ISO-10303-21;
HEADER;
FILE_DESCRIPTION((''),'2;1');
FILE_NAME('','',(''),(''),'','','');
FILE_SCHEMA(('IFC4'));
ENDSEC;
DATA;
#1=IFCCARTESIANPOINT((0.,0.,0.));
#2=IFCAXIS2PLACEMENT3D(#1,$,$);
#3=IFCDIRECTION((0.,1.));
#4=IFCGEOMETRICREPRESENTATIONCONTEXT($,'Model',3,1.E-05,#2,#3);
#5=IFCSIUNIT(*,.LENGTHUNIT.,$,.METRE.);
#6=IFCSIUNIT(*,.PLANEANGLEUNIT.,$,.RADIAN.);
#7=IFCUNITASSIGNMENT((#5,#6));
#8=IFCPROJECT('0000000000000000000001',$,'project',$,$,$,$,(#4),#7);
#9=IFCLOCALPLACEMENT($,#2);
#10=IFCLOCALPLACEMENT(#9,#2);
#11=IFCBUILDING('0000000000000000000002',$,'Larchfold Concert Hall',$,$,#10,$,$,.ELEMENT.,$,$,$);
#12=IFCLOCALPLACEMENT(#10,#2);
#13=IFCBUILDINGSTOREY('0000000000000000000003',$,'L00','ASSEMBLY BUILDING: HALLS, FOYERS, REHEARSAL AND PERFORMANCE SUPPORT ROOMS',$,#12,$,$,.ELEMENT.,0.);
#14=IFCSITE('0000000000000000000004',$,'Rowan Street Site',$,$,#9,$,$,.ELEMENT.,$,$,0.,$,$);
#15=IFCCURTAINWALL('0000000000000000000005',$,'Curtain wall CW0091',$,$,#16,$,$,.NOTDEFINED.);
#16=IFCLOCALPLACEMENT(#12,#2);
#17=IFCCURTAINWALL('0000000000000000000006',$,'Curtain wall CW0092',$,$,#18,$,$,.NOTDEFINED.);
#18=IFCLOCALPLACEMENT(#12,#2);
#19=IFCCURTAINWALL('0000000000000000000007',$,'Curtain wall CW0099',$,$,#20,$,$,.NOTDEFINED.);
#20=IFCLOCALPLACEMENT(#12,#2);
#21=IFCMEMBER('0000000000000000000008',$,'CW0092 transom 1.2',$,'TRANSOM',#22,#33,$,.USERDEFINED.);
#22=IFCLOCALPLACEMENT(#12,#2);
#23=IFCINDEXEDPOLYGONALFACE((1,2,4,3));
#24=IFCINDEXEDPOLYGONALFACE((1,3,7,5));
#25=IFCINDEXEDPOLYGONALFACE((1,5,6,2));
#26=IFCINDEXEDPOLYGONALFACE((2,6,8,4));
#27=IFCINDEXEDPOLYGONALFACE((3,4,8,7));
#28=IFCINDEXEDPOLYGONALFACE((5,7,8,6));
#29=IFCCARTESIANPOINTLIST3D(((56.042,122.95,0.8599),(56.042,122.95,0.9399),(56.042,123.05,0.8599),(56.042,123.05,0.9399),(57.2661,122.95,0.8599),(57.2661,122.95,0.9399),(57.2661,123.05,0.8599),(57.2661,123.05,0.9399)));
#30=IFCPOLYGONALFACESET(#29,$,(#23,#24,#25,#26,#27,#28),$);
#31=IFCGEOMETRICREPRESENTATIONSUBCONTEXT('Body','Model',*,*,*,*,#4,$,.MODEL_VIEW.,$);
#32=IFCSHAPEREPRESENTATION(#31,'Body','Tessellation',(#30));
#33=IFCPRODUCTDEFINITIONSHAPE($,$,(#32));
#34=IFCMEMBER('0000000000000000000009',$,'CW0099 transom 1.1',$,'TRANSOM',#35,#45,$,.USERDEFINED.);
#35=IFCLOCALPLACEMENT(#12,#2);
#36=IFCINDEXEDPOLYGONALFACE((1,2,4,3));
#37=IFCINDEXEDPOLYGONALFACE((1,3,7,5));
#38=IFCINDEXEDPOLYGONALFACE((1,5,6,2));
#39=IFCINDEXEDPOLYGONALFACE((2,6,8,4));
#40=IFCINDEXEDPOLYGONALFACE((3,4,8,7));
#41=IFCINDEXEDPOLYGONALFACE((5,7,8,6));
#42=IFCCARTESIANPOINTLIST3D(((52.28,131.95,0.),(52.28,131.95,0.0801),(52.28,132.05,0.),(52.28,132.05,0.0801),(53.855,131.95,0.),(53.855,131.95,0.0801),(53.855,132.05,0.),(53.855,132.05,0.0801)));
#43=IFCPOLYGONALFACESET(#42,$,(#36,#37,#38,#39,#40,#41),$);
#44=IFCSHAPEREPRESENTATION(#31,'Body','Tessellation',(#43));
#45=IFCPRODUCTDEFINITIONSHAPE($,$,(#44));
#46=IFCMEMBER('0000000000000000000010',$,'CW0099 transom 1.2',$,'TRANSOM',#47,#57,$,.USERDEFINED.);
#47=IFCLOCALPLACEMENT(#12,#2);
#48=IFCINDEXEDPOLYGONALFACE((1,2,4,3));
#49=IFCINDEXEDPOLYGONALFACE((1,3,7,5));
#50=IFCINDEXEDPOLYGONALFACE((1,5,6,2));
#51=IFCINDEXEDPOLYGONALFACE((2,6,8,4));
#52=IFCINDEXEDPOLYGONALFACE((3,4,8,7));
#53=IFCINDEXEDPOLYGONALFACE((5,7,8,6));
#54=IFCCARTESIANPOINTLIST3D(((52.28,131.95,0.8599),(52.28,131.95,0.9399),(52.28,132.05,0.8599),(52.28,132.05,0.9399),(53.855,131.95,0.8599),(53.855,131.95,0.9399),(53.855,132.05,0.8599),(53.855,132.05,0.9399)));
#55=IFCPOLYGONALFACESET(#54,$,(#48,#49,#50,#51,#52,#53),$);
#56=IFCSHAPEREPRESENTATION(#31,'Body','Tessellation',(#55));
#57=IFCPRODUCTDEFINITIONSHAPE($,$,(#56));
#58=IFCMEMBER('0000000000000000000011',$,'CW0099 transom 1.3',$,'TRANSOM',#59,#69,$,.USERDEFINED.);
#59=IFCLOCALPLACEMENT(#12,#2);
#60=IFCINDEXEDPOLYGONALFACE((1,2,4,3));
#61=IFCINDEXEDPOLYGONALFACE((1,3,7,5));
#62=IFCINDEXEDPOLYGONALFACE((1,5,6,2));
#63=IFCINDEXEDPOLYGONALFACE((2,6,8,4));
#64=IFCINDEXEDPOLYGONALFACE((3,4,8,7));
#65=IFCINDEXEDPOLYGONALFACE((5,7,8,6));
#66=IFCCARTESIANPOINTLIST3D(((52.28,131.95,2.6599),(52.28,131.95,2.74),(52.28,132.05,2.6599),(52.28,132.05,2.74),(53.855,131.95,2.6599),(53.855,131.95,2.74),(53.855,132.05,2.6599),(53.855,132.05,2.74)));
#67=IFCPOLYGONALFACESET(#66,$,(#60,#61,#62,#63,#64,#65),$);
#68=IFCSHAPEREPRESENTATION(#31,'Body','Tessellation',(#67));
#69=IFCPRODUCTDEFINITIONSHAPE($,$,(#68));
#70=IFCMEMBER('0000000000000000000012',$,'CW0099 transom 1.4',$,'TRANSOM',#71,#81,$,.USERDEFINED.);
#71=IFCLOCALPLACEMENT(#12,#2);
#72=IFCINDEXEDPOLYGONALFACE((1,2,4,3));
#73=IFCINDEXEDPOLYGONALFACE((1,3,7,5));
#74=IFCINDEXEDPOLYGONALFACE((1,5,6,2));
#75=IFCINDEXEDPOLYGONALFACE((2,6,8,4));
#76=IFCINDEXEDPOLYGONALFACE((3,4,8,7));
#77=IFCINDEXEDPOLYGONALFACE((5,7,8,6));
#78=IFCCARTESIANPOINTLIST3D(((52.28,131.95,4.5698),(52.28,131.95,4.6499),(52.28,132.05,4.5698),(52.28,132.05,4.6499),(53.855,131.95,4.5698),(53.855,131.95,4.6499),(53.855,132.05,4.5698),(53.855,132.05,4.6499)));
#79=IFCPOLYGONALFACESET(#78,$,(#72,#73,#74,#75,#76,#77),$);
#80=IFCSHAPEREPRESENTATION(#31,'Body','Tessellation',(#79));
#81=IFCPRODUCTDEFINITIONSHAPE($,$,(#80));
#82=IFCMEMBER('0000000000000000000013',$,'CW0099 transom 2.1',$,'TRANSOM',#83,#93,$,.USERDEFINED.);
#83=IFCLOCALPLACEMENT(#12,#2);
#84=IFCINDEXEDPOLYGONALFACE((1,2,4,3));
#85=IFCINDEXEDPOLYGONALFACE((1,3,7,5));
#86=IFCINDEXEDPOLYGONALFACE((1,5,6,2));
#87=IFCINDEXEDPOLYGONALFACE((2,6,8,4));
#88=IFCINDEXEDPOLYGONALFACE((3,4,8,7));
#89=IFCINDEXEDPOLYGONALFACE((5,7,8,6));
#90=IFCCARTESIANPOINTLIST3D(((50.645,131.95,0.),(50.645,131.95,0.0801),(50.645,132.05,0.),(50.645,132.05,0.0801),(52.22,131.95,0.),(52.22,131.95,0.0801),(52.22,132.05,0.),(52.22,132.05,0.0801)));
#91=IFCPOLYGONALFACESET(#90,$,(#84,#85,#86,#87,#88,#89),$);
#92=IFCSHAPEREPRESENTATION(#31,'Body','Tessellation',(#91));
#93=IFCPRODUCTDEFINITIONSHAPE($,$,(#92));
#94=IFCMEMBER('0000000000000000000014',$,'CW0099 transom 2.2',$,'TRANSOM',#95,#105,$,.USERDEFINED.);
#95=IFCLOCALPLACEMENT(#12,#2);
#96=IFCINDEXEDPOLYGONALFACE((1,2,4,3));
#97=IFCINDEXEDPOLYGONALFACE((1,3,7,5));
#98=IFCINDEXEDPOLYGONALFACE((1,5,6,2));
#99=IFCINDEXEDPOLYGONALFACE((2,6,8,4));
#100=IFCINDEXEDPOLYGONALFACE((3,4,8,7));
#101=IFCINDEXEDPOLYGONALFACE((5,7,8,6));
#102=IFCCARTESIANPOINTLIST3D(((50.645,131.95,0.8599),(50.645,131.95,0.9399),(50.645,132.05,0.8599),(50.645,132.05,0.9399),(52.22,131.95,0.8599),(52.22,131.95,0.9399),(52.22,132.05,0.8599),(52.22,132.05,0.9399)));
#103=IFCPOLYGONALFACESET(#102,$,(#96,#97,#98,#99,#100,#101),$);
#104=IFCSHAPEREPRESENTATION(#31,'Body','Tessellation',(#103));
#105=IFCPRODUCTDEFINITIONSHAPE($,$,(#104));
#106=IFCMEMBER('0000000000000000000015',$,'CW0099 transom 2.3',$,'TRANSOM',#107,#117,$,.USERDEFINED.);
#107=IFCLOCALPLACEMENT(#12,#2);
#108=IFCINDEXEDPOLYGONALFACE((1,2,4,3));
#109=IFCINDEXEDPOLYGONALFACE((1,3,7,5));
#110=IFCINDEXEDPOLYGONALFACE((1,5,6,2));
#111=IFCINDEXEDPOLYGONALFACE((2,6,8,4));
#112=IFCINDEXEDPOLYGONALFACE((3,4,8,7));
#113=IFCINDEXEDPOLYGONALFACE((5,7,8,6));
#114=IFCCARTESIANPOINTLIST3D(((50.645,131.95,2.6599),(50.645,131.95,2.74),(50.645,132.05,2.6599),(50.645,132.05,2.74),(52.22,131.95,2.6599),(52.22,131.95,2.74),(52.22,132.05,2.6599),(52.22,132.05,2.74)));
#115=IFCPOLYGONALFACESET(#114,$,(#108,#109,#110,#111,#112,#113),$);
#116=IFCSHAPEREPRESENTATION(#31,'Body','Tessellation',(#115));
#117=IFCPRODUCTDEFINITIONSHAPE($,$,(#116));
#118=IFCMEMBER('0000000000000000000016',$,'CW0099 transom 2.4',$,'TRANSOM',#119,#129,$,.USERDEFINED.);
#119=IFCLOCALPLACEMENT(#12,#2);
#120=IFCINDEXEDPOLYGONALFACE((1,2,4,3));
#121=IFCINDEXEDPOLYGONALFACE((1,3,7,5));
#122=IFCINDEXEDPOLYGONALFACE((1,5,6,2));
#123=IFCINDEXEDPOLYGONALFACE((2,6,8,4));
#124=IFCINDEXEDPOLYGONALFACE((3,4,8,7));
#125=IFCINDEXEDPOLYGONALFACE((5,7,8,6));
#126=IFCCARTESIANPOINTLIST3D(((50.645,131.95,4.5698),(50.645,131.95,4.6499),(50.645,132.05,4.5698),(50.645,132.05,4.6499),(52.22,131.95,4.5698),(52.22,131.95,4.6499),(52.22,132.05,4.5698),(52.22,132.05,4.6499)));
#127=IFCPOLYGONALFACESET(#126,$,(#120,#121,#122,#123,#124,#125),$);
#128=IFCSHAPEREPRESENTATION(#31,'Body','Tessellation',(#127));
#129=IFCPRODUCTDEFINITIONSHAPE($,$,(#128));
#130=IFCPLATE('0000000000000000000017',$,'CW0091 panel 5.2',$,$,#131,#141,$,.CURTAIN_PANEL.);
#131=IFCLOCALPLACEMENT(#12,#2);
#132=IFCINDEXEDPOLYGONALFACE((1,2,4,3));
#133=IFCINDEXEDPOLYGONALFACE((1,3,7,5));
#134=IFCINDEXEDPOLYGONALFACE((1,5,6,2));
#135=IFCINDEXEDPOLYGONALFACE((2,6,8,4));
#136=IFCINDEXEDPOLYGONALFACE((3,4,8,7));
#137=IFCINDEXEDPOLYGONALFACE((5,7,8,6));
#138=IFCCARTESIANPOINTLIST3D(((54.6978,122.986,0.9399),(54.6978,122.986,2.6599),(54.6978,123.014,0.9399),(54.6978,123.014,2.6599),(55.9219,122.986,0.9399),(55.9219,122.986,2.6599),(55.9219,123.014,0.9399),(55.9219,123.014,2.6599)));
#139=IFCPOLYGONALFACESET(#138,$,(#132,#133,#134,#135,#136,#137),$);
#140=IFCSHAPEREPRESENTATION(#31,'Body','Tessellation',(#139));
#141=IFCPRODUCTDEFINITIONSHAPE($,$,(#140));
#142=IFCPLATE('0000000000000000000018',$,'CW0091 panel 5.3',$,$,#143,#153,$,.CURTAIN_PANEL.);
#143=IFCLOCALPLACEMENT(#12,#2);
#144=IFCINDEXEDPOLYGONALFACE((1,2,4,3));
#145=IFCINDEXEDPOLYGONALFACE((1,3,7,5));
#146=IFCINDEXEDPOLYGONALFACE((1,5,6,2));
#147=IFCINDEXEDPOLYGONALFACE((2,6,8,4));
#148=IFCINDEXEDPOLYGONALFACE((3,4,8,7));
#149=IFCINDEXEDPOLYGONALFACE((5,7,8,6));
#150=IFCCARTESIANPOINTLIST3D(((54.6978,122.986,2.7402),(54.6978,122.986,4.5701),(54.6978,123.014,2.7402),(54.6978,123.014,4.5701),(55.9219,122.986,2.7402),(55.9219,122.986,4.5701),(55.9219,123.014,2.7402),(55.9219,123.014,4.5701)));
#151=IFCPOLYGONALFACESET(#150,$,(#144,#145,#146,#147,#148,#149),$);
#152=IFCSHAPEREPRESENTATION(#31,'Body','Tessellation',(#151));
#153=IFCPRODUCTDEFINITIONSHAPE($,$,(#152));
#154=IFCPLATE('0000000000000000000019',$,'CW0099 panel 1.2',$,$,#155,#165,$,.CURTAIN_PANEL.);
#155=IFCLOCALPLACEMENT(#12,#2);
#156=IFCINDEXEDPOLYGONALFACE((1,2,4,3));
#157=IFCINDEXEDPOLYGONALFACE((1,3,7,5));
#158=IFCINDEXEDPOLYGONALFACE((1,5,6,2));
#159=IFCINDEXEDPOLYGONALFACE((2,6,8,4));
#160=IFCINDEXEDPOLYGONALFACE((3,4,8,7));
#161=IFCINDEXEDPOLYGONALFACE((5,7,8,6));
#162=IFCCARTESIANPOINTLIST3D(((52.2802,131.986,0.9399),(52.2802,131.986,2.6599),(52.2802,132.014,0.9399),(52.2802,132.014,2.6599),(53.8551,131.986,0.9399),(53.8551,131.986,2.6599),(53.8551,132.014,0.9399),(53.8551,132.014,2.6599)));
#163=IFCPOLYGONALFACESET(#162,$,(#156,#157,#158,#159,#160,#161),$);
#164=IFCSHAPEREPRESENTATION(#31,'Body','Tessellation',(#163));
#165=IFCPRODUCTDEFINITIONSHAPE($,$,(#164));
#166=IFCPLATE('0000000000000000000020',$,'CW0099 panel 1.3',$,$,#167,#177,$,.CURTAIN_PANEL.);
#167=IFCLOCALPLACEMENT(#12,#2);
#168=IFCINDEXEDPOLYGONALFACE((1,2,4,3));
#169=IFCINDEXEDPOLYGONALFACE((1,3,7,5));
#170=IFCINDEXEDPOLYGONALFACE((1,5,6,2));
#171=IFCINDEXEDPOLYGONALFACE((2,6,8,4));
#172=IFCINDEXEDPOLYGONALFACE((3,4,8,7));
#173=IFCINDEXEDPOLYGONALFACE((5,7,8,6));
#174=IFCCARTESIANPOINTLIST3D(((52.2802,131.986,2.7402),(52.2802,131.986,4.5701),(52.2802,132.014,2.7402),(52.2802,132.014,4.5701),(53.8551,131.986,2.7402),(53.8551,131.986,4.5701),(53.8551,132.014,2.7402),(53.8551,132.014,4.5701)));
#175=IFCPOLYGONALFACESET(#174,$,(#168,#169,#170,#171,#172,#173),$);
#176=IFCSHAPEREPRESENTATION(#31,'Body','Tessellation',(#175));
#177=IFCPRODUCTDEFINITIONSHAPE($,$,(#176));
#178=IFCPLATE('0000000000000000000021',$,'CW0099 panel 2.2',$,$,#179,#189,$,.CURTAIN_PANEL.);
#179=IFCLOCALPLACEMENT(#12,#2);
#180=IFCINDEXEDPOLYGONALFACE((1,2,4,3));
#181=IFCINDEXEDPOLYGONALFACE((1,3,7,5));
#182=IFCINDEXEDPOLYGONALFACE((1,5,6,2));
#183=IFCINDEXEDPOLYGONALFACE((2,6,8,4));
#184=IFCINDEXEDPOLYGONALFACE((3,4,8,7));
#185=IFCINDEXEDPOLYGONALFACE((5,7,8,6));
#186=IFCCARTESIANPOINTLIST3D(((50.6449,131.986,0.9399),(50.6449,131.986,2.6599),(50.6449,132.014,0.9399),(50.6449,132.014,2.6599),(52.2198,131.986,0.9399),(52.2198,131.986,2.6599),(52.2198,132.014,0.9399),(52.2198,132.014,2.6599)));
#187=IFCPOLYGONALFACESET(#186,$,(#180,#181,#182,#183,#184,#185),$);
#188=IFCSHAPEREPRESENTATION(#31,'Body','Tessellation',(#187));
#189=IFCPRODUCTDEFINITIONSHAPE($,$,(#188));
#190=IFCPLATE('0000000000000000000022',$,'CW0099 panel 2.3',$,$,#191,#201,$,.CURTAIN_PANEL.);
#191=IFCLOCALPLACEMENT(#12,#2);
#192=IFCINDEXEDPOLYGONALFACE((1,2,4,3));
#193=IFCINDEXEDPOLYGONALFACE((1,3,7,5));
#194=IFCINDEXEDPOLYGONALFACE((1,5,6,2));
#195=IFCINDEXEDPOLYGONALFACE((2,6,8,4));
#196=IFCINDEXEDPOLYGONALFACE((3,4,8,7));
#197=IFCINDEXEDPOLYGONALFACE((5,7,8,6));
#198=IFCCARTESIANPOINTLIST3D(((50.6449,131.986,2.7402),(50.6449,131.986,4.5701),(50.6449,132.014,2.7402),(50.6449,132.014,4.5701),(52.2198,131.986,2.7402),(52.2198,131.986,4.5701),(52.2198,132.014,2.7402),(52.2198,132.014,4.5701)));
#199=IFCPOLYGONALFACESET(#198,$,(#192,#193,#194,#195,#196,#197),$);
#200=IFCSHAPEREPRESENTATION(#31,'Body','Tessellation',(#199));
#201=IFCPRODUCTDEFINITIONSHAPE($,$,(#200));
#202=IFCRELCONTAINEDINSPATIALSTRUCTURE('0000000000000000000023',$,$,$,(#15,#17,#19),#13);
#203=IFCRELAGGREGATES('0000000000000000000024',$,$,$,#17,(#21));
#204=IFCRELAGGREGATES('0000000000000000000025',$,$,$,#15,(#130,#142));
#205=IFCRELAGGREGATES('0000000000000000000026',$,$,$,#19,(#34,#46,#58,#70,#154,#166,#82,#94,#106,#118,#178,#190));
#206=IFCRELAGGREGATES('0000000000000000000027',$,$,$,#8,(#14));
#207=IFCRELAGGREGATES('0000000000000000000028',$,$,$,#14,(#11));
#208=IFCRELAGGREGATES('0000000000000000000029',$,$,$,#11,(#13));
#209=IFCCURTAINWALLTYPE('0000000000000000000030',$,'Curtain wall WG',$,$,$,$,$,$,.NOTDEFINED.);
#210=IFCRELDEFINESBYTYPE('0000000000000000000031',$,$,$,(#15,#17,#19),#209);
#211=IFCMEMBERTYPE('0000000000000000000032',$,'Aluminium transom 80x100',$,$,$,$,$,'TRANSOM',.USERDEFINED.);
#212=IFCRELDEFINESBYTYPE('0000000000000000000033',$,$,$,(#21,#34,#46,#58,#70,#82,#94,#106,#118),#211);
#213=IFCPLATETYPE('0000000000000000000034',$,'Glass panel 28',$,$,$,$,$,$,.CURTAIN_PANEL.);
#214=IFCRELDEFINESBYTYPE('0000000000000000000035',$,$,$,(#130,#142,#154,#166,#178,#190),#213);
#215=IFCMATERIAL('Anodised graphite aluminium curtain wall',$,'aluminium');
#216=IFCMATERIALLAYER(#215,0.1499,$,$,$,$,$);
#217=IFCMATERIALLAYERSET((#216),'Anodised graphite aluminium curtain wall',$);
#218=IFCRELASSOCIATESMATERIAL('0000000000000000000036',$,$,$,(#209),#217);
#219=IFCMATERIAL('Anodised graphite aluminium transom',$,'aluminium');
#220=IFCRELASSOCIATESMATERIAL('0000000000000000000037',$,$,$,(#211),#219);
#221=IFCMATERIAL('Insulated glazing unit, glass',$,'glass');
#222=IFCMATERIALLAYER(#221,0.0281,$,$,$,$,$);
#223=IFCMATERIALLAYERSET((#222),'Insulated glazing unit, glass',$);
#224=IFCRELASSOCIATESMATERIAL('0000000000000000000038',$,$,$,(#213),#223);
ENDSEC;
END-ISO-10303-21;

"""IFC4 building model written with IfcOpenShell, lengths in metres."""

from ifc_helpers import new_model, si_unit, direction, frame, origin, origin_2d, place, context, subcontext, project, spatial, rectangle, extrude, material, layer, layer_set, material_profile, profile_set, type_object, element, aggregate, save


model = new_model("IFC4")

# Units and contexts
model_context = context("Model", 3, precision=1e-05, world=origin(), true_north=direction((0.0, 1.0)))
body_context = subcontext(model_context, "Body", "Model", "MODEL_VIEW")
ifc_project = project(units=[si_unit("LENGTHUNIT", "METRE"), si_unit("PLANEANGLEUNIT", "RADIAN")], contexts=[model_context])

# Site, building, storey
site_placement = place(None, origin())
site = spatial("IfcSite", under=ifc_project, at=site_placement, Name="Rowan Street Site", CompositionType="ELEMENT", RefElevation=0.0)
building_placement = place(site_placement, origin())
building = spatial("IfcBuilding", under=site, at=building_placement, Name="Larchfold Concert Hall", CompositionType="ELEMENT")
storey_placement = place(building_placement, origin())
storey = spatial("IfcBuildingStorey", under=building, at=storey_placement, Name="L00", Description="ASSEMBLY BUILDING: HALLS, FOYERS, REHEARSAL AND PERFORMANCE SUPPORT ROOMS", CompositionType="ELEMENT", Elevation=0.0)

# Curtain walls
ifc_material_1 = material(Name="Anodised graphite aluminium curtain wall", Category="aluminium")
ifc_layer_1 = layer(ifc_material_1, 0.1499)
ifc_layer_set_1 = layer_set([ifc_layer_1], Name="Anodised graphite aluminium curtain wall")
curtain_wall_type = type_object("IfcCurtainWallType", Name="Curtain wall WG", PredefinedType="NOTDEFINED", material=ifc_layer_set_1)
curtain_wall_1_placement = place(storey_placement, origin())
curtain_wall_1 = element("IfcCurtainWall", 1, at=curtain_wall_1_placement, inside=storey, type_object=curtain_wall_type, Name="Curtain wall CW0091", PredefinedType="NOTDEFINED")
curtain_wall_2_placement = place(storey_placement, origin())
curtain_wall_2 = element("IfcCurtainWall", 2, at=curtain_wall_2_placement, inside=storey, type_object=curtain_wall_type, Name="Curtain wall CW0092", PredefinedType="NOTDEFINED")

# Curtain wall
curtain_wall_3_placement = place(storey_placement, origin())
curtain_wall_3 = element("IfcCurtainWall", 3, at=curtain_wall_3_placement, inside=storey, type_object=curtain_wall_type, Name="Curtain wall CW0099", PredefinedType="NOTDEFINED")

# Members
ifc_material_2 = material(Name="Anodised graphite aluminium transom", Category="aluminium")
ifc_material_profile_1 = material_profile(ifc_material_2, rectangle(XDim=0.1001, YDim=0.0801, at=origin_2d()))
ifc_profile_set_1 = profile_set([ifc_material_profile_1], Name="Anodised graphite aluminium transom")
member_type_1 = type_object("IfcMemberType", Name="Aluminium transom 80x100", ElementType="TRANSOM", PredefinedType="USERDEFINED", material=ifc_profile_set_1)
member_1_placement = place(storey_placement, frame((56.042, 123.0, 0.8999), z_axis=(1.0, 0.0, 0.0), x_axis=(0.0, 1.0, 0.0)))
member_1 = element("IfcMember", 4, at=member_1_placement, type_object=member_type_1, Name="CW0092 transom 1.2", ObjectType="TRANSOM", PredefinedType="USERDEFINED", context=body_context, shape_type="SweptSolid", body=[
    extrude(rectangle(XDim=0.1001, YDim=0.0801, at=origin_2d()), origin(), (0.0, 0.0, 1.0), 1.2241),
])
aggregate(curtain_wall_2, [member_1])
member_2_placement = place(storey_placement, frame((53.855, 132.0, 0.04), z_axis=(-1.0, 0.0, 0.0), x_axis=(0.0, -1.0, 0.0)))
member_2 = element("IfcMember", 5, at=member_2_placement, type_object=member_type_1, Name="CW0099 transom 1.1", ObjectType="TRANSOM", PredefinedType="USERDEFINED", context=body_context, shape_type="SweptSolid", body=[
    extrude(rectangle(XDim=0.1001, YDim=0.0801, at=origin_2d()), origin(), (0.0, 0.0, 1.0), 1.575),
])
member_3_placement = place(storey_placement, frame((53.855, 132.0, 0.8999), z_axis=(-1.0, 0.0, 0.0), x_axis=(0.0, -1.0, 0.0)))
member_3 = element("IfcMember", 6, at=member_3_placement, type_object=member_type_1, Name="CW0099 transom 1.2", ObjectType="TRANSOM", PredefinedType="USERDEFINED", context=body_context, shape_type="SweptSolid", body=[
    extrude(rectangle(XDim=0.1001, YDim=0.0801, at=origin_2d()), origin(), (0.0, 0.0, 1.0), 1.575),
])
member_4_placement = place(storey_placement, frame((53.855, 132.0, 2.7), z_axis=(-1.0, 0.0, 0.0), x_axis=(0.0, -1.0, 0.0)))
member_4 = element("IfcMember", 7, at=member_4_placement, type_object=member_type_1, Name="CW0099 transom 1.3", ObjectType="TRANSOM", PredefinedType="USERDEFINED", context=body_context, shape_type="SweptSolid", body=[
    extrude(rectangle(XDim=0.1001, YDim=0.0801, at=origin_2d()), origin(), (0.0, 0.0, 1.0), 1.575),
])
member_5_placement = place(storey_placement, frame((53.855, 132.0, 4.6099), z_axis=(-1.0, 0.0, 0.0), x_axis=(0.0, -1.0, 0.0)))
member_5 = element("IfcMember", 8, at=member_5_placement, type_object=member_type_1, Name="CW0099 transom 1.4", ObjectType="TRANSOM", PredefinedType="USERDEFINED", context=body_context, shape_type="SweptSolid", body=[
    extrude(rectangle(XDim=0.1001, YDim=0.0801, at=origin_2d()), origin(), (0.0, 0.0, 1.0), 1.575),
])
member_6_placement = place(storey_placement, frame((52.22, 132.0, 0.04), z_axis=(-1.0, 0.0, 0.0), x_axis=(0.0, -1.0, 0.0)))
member_6 = element("IfcMember", 9, at=member_6_placement, type_object=member_type_1, Name="CW0099 transom 2.1", ObjectType="TRANSOM", PredefinedType="USERDEFINED", context=body_context, shape_type="SweptSolid", body=[
    extrude(rectangle(XDim=0.1001, YDim=0.0801, at=origin_2d()), origin(), (0.0, 0.0, 1.0), 1.575),
])
member_7_placement = place(storey_placement, frame((52.22, 132.0, 0.8999), z_axis=(-1.0, 0.0, 0.0), x_axis=(0.0, -1.0, 0.0)))
member_7 = element("IfcMember", 10, at=member_7_placement, type_object=member_type_1, Name="CW0099 transom 2.2", ObjectType="TRANSOM", PredefinedType="USERDEFINED", context=body_context, shape_type="SweptSolid", body=[
    extrude(rectangle(XDim=0.1001, YDim=0.0801, at=origin_2d()), origin(), (0.0, 0.0, 1.0), 1.575),
])
member_8_placement = place(storey_placement, frame((52.22, 132.0, 2.7), z_axis=(-1.0, 0.0, 0.0), x_axis=(0.0, -1.0, 0.0)))
member_8 = element("IfcMember", 11, at=member_8_placement, type_object=member_type_1, Name="CW0099 transom 2.3", ObjectType="TRANSOM", PredefinedType="USERDEFINED", context=body_context, shape_type="SweptSolid", body=[
    extrude(rectangle(XDim=0.1001, YDim=0.0801, at=origin_2d()), origin(), (0.0, 0.0, 1.0), 1.575),
])
member_9_placement = place(storey_placement, frame((52.22, 132.0, 4.6099), z_axis=(-1.0, 0.0, 0.0), x_axis=(0.0, -1.0, 0.0)))
member_9 = element("IfcMember", 12, at=member_9_placement, type_object=member_type_1, Name="CW0099 transom 2.4", ObjectType="TRANSOM", PredefinedType="USERDEFINED", context=body_context, shape_type="SweptSolid", body=[
    extrude(rectangle(XDim=0.1001, YDim=0.0801, at=origin_2d()), origin(), (0.0, 0.0, 1.0), 1.575),
])

# Plates
ifc_material_3 = material(Name="Insulated glazing unit, glass", Category="glass")
ifc_layer_2 = layer(ifc_material_3, 0.0281)
ifc_layer_set_2 = layer_set([ifc_layer_2], Name="Insulated glazing unit, glass")
plate_type_1 = type_object("IfcPlateType", Name="Glass panel 28", PredefinedType="CURTAIN_PANEL", material=ifc_layer_set_2)
plate_1_placement = place(storey_placement, frame((55.3098, 123.0, 0.9399), z_axis=(0.0, 0.0, 1.0), x_axis=(1.0, 0.0, 0.0)))
plate_1 = element("IfcPlate", 13, at=plate_1_placement, type_object=plate_type_1, Name="CW0091 panel 5.2", PredefinedType="CURTAIN_PANEL", context=body_context, shape_type="SweptSolid", body=[
    extrude(rectangle(XDim=1.2241, YDim=0.0281, at=origin_2d()), origin(), (0.0, 0.0, 1.0), 1.72),
])
plate_2_placement = place(storey_placement, frame((55.3098, 123.0, 2.7402), z_axis=(0.0, 0.0, 1.0), x_axis=(1.0, 0.0, 0.0)))
plate_2 = element("IfcPlate", 14, at=plate_2_placement, type_object=plate_type_1, Name="CW0091 panel 5.3", PredefinedType="CURTAIN_PANEL", context=body_context, shape_type="SweptSolid", body=[
    extrude(rectangle(XDim=1.2241, YDim=0.0281, at=origin_2d()), origin(), (0.0, 0.0, 1.0), 1.8298),
])
plate_3_placement = place(storey_placement, frame((53.0676, 132.0, 0.9399), z_axis=(0.0, 0.0, 1.0), x_axis=(-1.0, 0.0, 0.0)))
plate_3 = element("IfcPlate", 15, at=plate_3_placement, type_object=plate_type_1, Name="CW0099 panel 1.2", PredefinedType="CURTAIN_PANEL", context=body_context, shape_type="SweptSolid", body=[
    extrude(rectangle(XDim=1.575, YDim=0.0281, at=origin_2d()), origin(), (0.0, 0.0, 1.0), 1.72),
])
plate_4_placement = place(storey_placement, frame((53.0676, 132.0, 2.7402), z_axis=(0.0, 0.0, 1.0), x_axis=(-1.0, 0.0, 0.0)))
plate_4 = element("IfcPlate", 16, at=plate_4_placement, type_object=plate_type_1, Name="CW0099 panel 1.3", PredefinedType="CURTAIN_PANEL", context=body_context, shape_type="SweptSolid", body=[
    extrude(rectangle(XDim=1.575, YDim=0.0281, at=origin_2d()), origin(), (0.0, 0.0, 1.0), 1.8298),
])
plate_5_placement = place(storey_placement, frame((51.4324, 132.0, 0.9399), z_axis=(0.0, 0.0, 1.0), x_axis=(-1.0, 0.0, 0.0)))
plate_5 = element("IfcPlate", 17, at=plate_5_placement, type_object=plate_type_1, Name="CW0099 panel 2.2", PredefinedType="CURTAIN_PANEL", context=body_context, shape_type="SweptSolid", body=[
    extrude(rectangle(XDim=1.575, YDim=0.0281, at=origin_2d()), origin(), (0.0, 0.0, 1.0), 1.72),
])
plate_6_placement = place(storey_placement, frame((51.4324, 132.0, 2.7402), z_axis=(0.0, 0.0, 1.0), x_axis=(-1.0, 0.0, 0.0)))
plate_6 = element("IfcPlate", 18, at=plate_6_placement, type_object=plate_type_1, Name="CW0099 panel 2.3", PredefinedType="CURTAIN_PANEL", context=body_context, shape_type="SweptSolid", body=[
    extrude(rectangle(XDim=1.575, YDim=0.0281, at=origin_2d()), origin(), (0.0, 0.0, 1.0), 1.8298),
])
aggregate(curtain_wall_1, [plate_1, plate_2])
aggregate(curtain_wall_3, [member_2, member_3, member_4, member_5, plate_3, plate_4, member_6, member_7, member_8, member_9, plate_5, plate_6])

save(model, "model.ifc")
